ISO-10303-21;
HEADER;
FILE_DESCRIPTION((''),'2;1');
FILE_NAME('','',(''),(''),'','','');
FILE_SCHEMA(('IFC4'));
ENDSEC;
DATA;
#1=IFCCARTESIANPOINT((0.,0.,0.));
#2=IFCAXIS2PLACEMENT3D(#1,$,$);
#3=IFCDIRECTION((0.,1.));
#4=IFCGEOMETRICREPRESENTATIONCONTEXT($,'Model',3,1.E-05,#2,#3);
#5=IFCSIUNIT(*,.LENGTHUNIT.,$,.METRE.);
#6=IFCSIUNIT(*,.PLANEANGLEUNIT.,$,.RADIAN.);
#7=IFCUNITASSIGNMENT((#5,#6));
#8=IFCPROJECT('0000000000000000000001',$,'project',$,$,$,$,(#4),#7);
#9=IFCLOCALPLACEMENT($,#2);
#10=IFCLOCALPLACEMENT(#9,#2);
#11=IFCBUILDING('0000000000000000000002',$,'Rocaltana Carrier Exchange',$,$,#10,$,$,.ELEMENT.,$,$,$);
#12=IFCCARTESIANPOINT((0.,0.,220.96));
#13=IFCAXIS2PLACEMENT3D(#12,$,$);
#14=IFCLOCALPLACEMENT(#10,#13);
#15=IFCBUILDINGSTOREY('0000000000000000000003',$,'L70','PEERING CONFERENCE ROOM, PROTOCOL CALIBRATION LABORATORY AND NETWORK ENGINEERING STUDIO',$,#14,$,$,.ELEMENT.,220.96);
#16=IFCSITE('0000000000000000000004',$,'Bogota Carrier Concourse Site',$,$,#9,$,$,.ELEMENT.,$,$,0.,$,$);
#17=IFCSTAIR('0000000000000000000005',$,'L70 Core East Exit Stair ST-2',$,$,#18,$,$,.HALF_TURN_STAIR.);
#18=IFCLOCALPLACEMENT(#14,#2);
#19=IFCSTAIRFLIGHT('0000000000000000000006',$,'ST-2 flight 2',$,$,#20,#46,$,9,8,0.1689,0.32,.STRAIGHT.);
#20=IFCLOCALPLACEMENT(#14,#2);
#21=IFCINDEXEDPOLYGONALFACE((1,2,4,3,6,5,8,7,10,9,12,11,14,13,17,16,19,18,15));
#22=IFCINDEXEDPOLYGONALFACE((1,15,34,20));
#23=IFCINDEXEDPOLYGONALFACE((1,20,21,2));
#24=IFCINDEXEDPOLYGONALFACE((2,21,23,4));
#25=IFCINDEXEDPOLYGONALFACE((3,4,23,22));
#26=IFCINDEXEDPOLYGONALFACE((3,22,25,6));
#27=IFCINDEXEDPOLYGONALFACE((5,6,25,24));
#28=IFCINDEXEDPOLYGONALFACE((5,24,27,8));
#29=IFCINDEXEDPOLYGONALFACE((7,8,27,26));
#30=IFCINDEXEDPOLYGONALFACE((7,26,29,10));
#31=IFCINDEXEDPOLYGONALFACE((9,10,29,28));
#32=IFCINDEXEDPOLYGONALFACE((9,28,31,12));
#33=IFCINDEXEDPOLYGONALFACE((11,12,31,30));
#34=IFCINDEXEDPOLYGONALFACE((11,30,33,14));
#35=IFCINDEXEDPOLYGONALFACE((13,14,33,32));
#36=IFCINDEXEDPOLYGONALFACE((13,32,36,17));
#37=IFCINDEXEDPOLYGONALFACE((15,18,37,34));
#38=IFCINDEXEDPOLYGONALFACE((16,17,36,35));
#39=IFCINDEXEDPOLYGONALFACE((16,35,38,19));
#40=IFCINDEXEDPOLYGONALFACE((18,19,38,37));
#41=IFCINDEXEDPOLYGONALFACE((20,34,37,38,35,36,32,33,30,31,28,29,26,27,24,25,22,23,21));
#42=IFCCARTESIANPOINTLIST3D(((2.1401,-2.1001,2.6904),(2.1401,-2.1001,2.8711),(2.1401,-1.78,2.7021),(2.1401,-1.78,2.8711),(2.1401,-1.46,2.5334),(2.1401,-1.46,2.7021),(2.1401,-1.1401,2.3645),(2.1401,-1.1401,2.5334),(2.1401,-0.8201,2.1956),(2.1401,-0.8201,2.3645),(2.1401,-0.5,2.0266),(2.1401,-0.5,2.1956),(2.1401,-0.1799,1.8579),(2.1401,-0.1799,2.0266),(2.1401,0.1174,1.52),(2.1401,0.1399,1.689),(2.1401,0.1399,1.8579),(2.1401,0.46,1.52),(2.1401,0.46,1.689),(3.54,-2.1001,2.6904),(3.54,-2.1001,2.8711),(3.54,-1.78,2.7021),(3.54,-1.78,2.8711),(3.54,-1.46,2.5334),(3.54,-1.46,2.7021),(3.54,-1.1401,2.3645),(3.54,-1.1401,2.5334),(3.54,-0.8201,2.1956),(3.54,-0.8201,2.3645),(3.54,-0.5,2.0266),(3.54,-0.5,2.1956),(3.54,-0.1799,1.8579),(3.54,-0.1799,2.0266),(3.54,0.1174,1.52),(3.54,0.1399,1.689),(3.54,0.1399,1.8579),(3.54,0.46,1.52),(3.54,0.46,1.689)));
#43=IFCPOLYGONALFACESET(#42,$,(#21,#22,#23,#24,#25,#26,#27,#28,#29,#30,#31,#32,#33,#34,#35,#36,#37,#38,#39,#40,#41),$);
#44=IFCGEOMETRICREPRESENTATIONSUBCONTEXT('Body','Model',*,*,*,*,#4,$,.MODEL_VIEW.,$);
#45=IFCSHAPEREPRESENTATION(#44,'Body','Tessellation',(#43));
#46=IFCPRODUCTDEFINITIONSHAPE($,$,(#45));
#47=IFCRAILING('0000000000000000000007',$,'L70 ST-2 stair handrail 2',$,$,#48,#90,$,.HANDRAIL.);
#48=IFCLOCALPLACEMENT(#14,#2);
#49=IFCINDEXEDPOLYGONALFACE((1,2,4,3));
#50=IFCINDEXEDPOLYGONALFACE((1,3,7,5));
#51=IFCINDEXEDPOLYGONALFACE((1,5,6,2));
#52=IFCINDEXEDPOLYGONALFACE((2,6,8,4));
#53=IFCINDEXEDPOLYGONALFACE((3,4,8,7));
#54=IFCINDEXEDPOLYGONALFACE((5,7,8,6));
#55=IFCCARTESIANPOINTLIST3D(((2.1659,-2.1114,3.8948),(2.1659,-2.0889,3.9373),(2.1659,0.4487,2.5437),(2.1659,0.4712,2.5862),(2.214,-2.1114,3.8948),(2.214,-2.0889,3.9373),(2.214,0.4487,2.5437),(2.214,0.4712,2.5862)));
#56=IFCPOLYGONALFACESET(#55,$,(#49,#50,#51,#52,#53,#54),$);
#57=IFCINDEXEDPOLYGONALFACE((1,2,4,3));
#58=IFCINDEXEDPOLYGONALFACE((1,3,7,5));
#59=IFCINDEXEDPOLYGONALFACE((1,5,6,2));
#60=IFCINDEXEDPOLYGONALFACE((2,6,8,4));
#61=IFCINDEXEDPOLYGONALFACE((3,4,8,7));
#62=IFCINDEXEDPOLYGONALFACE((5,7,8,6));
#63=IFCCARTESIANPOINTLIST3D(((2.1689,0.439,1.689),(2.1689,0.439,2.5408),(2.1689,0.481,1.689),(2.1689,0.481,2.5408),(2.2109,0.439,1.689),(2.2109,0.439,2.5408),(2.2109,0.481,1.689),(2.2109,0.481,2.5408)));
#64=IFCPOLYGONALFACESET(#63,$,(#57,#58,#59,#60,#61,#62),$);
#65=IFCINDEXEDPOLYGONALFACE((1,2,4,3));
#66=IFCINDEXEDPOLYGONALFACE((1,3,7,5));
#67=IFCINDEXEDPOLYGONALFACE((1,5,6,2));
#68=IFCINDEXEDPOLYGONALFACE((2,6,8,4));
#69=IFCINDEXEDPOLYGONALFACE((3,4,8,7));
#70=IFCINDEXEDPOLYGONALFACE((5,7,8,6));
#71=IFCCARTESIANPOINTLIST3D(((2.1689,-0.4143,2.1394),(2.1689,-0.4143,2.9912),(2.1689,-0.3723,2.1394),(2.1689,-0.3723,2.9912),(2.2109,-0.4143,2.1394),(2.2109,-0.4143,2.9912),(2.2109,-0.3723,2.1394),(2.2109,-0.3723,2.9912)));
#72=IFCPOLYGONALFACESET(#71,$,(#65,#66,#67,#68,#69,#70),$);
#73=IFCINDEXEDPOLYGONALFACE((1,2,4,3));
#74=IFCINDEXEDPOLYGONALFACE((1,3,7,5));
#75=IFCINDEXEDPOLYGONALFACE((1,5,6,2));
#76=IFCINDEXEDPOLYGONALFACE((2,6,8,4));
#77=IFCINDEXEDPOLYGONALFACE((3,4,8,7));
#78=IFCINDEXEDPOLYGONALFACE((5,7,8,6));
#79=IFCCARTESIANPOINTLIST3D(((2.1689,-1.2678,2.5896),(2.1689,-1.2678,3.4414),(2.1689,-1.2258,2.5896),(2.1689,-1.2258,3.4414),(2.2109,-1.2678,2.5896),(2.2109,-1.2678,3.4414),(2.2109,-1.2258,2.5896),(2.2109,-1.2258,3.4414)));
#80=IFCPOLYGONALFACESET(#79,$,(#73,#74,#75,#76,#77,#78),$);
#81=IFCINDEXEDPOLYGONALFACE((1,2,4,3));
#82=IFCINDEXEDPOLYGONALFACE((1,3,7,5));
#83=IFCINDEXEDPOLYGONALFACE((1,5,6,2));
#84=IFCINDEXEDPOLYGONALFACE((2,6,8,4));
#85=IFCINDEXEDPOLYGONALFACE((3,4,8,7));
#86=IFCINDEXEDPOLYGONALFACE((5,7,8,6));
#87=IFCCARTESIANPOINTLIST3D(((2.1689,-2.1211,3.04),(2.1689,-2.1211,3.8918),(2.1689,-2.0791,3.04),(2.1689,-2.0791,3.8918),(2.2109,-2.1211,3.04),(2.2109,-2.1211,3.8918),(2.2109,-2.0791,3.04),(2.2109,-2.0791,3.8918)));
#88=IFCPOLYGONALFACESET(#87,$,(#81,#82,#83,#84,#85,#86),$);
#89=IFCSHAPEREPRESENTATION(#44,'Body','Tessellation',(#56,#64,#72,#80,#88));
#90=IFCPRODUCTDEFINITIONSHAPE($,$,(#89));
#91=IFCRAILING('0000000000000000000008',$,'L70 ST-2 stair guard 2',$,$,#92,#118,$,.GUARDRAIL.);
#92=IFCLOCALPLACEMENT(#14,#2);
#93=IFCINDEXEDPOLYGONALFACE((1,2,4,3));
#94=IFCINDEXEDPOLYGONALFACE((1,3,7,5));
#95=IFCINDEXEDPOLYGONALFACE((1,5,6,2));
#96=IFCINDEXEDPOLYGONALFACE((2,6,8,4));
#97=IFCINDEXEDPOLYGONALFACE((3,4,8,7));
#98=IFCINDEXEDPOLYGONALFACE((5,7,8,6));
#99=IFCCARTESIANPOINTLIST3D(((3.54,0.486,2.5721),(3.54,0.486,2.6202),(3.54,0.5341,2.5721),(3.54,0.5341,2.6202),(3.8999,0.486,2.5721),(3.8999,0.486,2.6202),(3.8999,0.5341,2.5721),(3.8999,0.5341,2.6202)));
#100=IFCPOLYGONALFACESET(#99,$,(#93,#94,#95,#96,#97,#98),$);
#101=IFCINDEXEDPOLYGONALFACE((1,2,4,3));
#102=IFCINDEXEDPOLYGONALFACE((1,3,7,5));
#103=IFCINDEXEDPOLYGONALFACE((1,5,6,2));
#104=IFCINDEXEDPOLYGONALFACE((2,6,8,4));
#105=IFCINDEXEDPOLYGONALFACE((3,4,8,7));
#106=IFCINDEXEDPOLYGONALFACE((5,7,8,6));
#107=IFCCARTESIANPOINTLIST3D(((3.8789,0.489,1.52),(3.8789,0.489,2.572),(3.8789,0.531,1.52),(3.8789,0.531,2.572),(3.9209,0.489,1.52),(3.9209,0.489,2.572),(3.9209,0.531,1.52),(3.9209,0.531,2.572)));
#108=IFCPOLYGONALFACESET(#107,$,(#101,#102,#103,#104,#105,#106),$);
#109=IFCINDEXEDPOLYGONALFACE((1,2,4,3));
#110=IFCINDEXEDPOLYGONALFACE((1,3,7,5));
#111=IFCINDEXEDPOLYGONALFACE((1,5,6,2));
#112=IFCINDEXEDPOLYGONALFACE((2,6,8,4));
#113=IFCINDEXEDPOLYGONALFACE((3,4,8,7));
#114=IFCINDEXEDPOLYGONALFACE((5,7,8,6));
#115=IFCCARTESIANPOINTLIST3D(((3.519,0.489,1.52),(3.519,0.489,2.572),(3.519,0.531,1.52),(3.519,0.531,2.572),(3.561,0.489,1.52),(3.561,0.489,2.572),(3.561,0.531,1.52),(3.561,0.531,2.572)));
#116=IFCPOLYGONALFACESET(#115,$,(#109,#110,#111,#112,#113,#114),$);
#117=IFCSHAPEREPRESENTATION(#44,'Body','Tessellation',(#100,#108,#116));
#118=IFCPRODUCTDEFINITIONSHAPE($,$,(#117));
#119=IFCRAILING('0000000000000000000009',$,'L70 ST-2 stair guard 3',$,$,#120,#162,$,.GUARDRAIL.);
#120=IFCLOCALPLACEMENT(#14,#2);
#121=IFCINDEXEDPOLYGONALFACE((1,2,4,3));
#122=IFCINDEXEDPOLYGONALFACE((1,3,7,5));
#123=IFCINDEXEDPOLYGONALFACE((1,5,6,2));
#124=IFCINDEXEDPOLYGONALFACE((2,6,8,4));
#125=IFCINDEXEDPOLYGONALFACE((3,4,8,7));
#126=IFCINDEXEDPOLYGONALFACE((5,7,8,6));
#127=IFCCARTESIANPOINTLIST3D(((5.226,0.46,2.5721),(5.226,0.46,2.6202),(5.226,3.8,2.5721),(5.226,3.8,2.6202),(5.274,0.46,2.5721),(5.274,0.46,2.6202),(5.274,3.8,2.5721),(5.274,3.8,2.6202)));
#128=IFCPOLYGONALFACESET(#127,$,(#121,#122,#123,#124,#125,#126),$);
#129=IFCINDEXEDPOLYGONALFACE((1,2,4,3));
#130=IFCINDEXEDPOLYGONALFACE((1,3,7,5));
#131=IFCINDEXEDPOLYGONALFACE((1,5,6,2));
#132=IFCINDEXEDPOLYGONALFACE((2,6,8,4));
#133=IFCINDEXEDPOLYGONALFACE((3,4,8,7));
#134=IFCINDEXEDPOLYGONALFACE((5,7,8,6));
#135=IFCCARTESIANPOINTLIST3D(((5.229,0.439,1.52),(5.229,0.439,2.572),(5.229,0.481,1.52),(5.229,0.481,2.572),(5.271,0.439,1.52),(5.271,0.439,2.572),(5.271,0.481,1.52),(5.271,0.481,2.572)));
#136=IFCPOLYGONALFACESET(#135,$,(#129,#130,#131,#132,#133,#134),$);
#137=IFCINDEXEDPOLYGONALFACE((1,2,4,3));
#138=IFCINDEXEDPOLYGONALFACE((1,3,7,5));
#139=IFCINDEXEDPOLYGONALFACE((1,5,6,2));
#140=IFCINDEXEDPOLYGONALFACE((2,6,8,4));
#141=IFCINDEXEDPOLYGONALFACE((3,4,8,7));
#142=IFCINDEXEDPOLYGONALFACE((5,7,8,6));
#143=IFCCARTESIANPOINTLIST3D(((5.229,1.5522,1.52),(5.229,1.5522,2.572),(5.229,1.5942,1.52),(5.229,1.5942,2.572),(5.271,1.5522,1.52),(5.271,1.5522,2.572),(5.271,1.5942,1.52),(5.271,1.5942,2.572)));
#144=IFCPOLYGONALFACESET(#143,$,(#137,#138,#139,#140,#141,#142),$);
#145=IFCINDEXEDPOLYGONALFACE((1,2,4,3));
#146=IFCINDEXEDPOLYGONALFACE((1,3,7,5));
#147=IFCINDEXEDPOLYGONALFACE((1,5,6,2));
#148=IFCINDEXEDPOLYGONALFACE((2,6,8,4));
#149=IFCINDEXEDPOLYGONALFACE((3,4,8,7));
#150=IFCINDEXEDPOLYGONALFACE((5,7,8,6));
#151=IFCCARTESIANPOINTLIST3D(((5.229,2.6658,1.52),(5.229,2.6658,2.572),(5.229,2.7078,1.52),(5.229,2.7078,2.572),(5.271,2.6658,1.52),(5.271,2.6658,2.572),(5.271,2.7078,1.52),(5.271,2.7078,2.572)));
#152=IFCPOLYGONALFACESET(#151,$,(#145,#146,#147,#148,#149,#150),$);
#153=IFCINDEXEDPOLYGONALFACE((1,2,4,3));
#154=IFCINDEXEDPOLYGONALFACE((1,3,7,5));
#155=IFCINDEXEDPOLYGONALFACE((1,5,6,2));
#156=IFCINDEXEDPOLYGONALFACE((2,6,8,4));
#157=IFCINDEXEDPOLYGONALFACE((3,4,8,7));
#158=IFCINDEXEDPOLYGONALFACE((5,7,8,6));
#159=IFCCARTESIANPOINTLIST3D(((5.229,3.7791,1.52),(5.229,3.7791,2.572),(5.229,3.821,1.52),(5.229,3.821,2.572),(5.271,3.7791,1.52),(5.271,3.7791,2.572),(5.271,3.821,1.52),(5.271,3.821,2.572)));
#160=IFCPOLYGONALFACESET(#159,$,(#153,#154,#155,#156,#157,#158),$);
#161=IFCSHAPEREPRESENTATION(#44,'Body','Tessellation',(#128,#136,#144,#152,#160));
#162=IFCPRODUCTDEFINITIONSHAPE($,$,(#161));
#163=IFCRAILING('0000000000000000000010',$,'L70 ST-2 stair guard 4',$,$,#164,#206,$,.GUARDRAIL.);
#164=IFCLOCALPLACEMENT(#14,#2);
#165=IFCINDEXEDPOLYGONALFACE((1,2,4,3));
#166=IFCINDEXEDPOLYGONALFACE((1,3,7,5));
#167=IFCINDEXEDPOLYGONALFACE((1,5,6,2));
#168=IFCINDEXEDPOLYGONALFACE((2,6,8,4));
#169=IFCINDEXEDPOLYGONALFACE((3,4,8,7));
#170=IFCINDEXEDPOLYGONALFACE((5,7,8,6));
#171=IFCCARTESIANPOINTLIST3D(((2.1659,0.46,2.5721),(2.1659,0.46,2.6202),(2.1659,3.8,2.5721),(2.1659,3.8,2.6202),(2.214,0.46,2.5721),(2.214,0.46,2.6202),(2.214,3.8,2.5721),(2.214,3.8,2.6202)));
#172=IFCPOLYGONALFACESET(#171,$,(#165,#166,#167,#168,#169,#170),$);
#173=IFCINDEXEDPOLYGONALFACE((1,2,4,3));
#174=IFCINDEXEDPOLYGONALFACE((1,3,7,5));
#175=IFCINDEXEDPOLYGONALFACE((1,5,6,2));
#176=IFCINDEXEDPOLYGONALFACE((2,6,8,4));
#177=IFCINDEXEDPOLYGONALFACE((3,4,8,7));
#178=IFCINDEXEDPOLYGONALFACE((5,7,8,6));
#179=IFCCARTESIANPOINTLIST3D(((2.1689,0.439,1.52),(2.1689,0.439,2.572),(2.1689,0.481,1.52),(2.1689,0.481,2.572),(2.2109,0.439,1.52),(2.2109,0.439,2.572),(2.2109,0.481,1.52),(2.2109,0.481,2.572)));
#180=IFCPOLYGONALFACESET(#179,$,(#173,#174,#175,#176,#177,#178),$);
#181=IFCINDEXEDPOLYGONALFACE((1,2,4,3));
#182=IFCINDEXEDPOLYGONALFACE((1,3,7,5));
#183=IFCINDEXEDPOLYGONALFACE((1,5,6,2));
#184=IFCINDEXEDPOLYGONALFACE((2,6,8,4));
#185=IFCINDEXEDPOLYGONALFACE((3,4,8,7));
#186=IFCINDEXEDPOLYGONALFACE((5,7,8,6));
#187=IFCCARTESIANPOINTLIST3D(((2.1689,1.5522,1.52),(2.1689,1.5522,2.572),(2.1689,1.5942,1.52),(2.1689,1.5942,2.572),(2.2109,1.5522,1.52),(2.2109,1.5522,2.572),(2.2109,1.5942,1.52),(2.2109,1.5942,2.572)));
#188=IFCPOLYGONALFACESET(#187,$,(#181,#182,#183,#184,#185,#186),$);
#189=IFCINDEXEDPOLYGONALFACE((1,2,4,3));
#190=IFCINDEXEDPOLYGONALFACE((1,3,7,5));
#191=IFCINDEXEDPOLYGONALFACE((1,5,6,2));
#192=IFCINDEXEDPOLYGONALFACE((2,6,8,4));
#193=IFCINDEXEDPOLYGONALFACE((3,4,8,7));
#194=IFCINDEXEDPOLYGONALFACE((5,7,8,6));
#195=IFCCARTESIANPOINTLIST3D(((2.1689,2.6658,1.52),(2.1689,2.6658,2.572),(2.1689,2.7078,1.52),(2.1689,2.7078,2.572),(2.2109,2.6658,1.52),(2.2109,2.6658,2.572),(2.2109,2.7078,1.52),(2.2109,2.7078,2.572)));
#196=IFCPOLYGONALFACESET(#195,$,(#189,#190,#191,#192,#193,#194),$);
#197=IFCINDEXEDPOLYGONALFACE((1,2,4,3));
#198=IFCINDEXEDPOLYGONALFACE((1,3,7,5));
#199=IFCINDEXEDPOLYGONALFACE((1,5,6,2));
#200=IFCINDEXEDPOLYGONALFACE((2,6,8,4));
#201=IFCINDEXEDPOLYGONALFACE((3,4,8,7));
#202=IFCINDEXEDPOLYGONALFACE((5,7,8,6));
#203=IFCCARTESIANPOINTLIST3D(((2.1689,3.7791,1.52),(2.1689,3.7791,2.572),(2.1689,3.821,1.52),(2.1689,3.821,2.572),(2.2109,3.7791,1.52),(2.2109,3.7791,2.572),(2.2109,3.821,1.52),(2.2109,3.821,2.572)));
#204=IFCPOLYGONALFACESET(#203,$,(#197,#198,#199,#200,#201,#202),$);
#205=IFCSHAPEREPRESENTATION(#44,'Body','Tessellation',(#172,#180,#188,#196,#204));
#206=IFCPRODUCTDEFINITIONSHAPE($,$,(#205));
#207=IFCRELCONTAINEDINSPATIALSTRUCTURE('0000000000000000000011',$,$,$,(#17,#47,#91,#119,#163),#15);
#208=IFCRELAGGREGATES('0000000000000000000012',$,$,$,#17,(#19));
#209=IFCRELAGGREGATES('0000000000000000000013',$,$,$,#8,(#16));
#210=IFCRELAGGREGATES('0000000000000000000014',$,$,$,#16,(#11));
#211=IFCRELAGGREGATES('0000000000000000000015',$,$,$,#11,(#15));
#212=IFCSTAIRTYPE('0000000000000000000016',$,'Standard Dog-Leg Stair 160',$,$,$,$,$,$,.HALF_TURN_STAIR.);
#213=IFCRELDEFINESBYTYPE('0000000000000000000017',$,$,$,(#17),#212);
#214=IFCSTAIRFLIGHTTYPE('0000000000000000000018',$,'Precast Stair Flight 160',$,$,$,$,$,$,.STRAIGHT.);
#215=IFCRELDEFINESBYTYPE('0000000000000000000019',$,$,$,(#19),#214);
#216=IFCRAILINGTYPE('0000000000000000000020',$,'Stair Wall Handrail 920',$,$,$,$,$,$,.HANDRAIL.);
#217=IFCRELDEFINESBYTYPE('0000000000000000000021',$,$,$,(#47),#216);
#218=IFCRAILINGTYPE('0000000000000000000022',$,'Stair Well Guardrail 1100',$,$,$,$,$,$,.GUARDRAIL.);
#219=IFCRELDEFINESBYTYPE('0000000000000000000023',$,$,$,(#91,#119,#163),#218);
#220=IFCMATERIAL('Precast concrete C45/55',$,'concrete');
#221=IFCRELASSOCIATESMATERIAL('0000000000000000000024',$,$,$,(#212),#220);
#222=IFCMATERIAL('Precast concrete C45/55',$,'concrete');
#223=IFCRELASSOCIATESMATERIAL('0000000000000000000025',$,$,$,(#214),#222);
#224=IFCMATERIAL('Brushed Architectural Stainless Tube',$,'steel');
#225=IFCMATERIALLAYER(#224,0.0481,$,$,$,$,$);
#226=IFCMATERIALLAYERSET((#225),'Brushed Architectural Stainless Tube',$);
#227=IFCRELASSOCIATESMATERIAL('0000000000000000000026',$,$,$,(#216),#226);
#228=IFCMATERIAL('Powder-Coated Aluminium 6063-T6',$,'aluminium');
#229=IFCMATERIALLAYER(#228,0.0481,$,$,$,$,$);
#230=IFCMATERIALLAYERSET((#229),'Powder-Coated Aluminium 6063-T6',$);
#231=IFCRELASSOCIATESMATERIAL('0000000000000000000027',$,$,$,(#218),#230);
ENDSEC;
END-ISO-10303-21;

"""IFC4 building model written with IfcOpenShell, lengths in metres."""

from ifc_helpers import new_model, si_unit, direction, frame, origin, origin_2d, place, context, subcontext, project, spatial, polyline, rectangle, outline, extrude, material, layer, layer_set, type_object, element, aggregate, save


model = new_model("IFC4")

# Units and contexts
model_context = context("Model", 3, precision=1e-05, world=origin(), true_north=direction((0.0, 1.0)))
body_context = subcontext(model_context, "Body", "Model", "MODEL_VIEW")
ifc_project = project(units=[si_unit("LENGTHUNIT", "METRE"), si_unit("PLANEANGLEUNIT", "RADIAN")], contexts=[model_context])

# Site, building, storey
site_placement = place(None, origin())
site = spatial("IfcSite", under=ifc_project, at=site_placement, Name="Bogota Carrier Concourse Site", CompositionType="ELEMENT", RefElevation=0.0)
building_placement = place(site_placement, origin())
building = spatial("IfcBuilding", under=site, at=building_placement, Name="Rocaltana Carrier Exchange", CompositionType="ELEMENT")
storey_placement = place(building_placement, frame((0.0, 0.0, 220.96)))
storey = spatial("IfcBuildingStorey", under=building, at=storey_placement, Name="L70", Description="PEERING CONFERENCE ROOM, PROTOCOL CALIBRATION LABORATORY AND NETWORK ENGINEERING STUDIO", CompositionType="ELEMENT", Elevation=220.96)

# Stair, stair flight
ifc_material_1 = material(Name="Precast concrete C45/55", Category="concrete")
stair_type = type_object("IfcStairType", Name="Standard Dog-Leg Stair 160", PredefinedType="HALF_TURN_STAIR", material=ifc_material_1)
stair_placement = place(storey_placement, origin())
stair = element("IfcStair", 1, at=stair_placement, inside=storey, type_object=stair_type, Name="L70 Core East Exit Stair ST-2", PredefinedType="HALF_TURN_STAIR")
ifc_material_2 = material(Name="Precast concrete C45/55", Category="concrete")
stair_flight_type = type_object("IfcStairFlightType", Name="Precast Stair Flight 160", PredefinedType="STRAIGHT", material=ifc_material_2)
stair_flight_placement = place(storey_placement, frame((2.8401, 0.46, 1.52), z_axis=(0.0, 0.0, 1.0), x_axis=(0.0, -1.0, 0.0)))
stair_flight = element("IfcStairFlight", 2, at=stair_flight_placement, type_object=stair_flight_type, Name="ST-2 flight 2", NumberOfRisers=9, NumberOfTreads=8, PredefinedType="STRAIGHT", RiserHeight=0.1689, TreadLength=0.32, context=body_context, shape_type="SweptSolid", body=[
    extrude(outline(polyline([(0.0, 0.0), (0.0, 0.1689), (0.3201, 0.1689), (0.3201, 0.3379), (0.6399, 0.3379), (0.6399, 0.5066), (0.96, 0.5066), (0.96, 0.6755), (1.28, 0.6755), (1.28, 0.8445), (1.6001, 0.8445), (1.6001, 1.0134), (1.9199, 1.0134), (1.9199, 1.1821), (2.24, 1.1821), (2.24, 1.3511), (2.5601, 1.3511), (2.5601, 1.52), (2.5601, 1.1704), (0.3425, 0.0), (0.0, 0.0)])), frame((0.0, 0.7, 0.0), z_axis=(0.0, -1.0, 0.0), x_axis=(1.0, 0.0, 0.0)), (0.0, 0.0, 1.0), 1.3999),
])
aggregate(stair, [stair_flight])

# Railings
ifc_material_3 = material(Name="Brushed Architectural Stainless Tube", Category="steel")
ifc_layer_1 = layer(ifc_material_3, 0.0481)
ifc_layer_set_1 = layer_set([ifc_layer_1], Name="Brushed Architectural Stainless Tube")
railing_type_1 = type_object("IfcRailingType", Name="Stair Wall Handrail 920", PredefinedType="HANDRAIL", material=ifc_layer_set_1)
railing_1_placement = place(storey_placement, frame((2.1899, 0.46, 1.689)))
element("IfcRailing", 3, at=railing_1_placement, inside=storey, type_object=railing_type_1, Name="L70 ST-2 stair handrail 2", PredefinedType="HANDRAIL", context=body_context, shape_type="SweptSolid", body=[
    extrude(rectangle(XDim=0.0481, YDim=0.0481, at=origin_2d()), frame((0.0, 0.0, 0.876), z_axis=(0.0, -0.884394, 0.46674), x_axis=(1.0, 0.0, 0.0)), (0.0, 0.0, 1.0), 2.8948),
    extrude(rectangle(XDim=0.042, YDim=0.042, at=origin_2d()), origin(), (0.0, 0.0, 1.0), 0.8518),
    extrude(rectangle(XDim=0.042, YDim=0.042, at=origin_2d()), frame((0.0, -0.8533, 0.4504)), (0.0, 0.0, 1.0), 0.8518),
    extrude(rectangle(XDim=0.042, YDim=0.042, at=origin_2d()), frame((0.0, -1.7068, 0.9006)), (0.0, 0.0, 1.0), 0.8518),
    extrude(rectangle(XDim=0.042, YDim=0.042, at=origin_2d()), frame((0.0, -2.5601, 1.3511)), (0.0, 0.0, 1.0), 0.8518),
])
ifc_material_4 = material(Name="Powder-Coated Aluminium 6063-T6", Category="aluminium")
ifc_layer_2 = layer(ifc_material_4, 0.0481)
ifc_layer_set_2 = layer_set([ifc_layer_2], Name="Powder-Coated Aluminium 6063-T6")
railing_type_2 = type_object("IfcRailingType", Name="Stair Well Guardrail 1100", PredefinedType="GUARDRAIL", material=ifc_layer_set_2)
railing_2_placement = place(storey_placement, frame((3.8999, 0.51, 1.52)))
element("IfcRailing", 4, at=railing_2_placement, inside=storey, type_object=railing_type_2, Name="L70 ST-2 stair guard 2", PredefinedType="GUARDRAIL", context=body_context, shape_type="SweptSolid", body=[
    extrude(rectangle(XDim=0.0481, YDim=0.0481, at=origin_2d()), frame((0.0, 0.0, 1.0762), z_axis=(-1.0, 0.0, 0.0), x_axis=(0.0, -1.0, 0.0)), (0.0, 0.0, 1.0), 0.3599),
    extrude(rectangle(XDim=0.042, YDim=0.042, at=origin_2d()), origin(), (0.0, 0.0, 1.0), 1.052),
    extrude(rectangle(XDim=0.042, YDim=0.042, at=origin_2d()), frame((-0.3599, 0.0, 0.0)), (0.0, 0.0, 1.0), 1.052),
])
for number, where, name in (
    (5, (5.25, 0.46, 1.52), "L70 ST-2 stair guard 3"),
    (6, (2.1899, 0.46, 1.52), "L70 ST-2 stair guard 4"),
):
    element("IfcRailing", number, at=place(storey_placement, frame(where)), inside=storey, type_object=railing_type_2, Name=name, PredefinedType="GUARDRAIL", context=body_context, shape_type="SweptSolid", body=[
        extrude(rectangle(XDim=0.0481, YDim=0.0481, at=origin_2d()), frame((0.0, 0.0, 1.0762), z_axis=(0.0, 1.0, 0.0), x_axis=(-1.0, 0.0, 0.0)), (0.0, 0.0, 1.0), 3.3401),
        extrude(rectangle(XDim=0.042, YDim=0.042, at=origin_2d()), origin(), (0.0, 0.0, 1.0), 1.052),
        extrude(rectangle(XDim=0.042, YDim=0.042, at=origin_2d()), frame((0.0, 1.1133, 0.0)), (0.0, 0.0, 1.0), 1.052),
        extrude(rectangle(XDim=0.042, YDim=0.042, at=origin_2d()), frame((0.0, 2.2268, 0.0)), (0.0, 0.0, 1.0), 1.052),
        extrude(rectangle(XDim=0.042, YDim=0.042, at=origin_2d()), frame((0.0, 3.3401, 0.0)), (0.0, 0.0, 1.0), 1.052),
    ])

save(model, "model.ifc")
